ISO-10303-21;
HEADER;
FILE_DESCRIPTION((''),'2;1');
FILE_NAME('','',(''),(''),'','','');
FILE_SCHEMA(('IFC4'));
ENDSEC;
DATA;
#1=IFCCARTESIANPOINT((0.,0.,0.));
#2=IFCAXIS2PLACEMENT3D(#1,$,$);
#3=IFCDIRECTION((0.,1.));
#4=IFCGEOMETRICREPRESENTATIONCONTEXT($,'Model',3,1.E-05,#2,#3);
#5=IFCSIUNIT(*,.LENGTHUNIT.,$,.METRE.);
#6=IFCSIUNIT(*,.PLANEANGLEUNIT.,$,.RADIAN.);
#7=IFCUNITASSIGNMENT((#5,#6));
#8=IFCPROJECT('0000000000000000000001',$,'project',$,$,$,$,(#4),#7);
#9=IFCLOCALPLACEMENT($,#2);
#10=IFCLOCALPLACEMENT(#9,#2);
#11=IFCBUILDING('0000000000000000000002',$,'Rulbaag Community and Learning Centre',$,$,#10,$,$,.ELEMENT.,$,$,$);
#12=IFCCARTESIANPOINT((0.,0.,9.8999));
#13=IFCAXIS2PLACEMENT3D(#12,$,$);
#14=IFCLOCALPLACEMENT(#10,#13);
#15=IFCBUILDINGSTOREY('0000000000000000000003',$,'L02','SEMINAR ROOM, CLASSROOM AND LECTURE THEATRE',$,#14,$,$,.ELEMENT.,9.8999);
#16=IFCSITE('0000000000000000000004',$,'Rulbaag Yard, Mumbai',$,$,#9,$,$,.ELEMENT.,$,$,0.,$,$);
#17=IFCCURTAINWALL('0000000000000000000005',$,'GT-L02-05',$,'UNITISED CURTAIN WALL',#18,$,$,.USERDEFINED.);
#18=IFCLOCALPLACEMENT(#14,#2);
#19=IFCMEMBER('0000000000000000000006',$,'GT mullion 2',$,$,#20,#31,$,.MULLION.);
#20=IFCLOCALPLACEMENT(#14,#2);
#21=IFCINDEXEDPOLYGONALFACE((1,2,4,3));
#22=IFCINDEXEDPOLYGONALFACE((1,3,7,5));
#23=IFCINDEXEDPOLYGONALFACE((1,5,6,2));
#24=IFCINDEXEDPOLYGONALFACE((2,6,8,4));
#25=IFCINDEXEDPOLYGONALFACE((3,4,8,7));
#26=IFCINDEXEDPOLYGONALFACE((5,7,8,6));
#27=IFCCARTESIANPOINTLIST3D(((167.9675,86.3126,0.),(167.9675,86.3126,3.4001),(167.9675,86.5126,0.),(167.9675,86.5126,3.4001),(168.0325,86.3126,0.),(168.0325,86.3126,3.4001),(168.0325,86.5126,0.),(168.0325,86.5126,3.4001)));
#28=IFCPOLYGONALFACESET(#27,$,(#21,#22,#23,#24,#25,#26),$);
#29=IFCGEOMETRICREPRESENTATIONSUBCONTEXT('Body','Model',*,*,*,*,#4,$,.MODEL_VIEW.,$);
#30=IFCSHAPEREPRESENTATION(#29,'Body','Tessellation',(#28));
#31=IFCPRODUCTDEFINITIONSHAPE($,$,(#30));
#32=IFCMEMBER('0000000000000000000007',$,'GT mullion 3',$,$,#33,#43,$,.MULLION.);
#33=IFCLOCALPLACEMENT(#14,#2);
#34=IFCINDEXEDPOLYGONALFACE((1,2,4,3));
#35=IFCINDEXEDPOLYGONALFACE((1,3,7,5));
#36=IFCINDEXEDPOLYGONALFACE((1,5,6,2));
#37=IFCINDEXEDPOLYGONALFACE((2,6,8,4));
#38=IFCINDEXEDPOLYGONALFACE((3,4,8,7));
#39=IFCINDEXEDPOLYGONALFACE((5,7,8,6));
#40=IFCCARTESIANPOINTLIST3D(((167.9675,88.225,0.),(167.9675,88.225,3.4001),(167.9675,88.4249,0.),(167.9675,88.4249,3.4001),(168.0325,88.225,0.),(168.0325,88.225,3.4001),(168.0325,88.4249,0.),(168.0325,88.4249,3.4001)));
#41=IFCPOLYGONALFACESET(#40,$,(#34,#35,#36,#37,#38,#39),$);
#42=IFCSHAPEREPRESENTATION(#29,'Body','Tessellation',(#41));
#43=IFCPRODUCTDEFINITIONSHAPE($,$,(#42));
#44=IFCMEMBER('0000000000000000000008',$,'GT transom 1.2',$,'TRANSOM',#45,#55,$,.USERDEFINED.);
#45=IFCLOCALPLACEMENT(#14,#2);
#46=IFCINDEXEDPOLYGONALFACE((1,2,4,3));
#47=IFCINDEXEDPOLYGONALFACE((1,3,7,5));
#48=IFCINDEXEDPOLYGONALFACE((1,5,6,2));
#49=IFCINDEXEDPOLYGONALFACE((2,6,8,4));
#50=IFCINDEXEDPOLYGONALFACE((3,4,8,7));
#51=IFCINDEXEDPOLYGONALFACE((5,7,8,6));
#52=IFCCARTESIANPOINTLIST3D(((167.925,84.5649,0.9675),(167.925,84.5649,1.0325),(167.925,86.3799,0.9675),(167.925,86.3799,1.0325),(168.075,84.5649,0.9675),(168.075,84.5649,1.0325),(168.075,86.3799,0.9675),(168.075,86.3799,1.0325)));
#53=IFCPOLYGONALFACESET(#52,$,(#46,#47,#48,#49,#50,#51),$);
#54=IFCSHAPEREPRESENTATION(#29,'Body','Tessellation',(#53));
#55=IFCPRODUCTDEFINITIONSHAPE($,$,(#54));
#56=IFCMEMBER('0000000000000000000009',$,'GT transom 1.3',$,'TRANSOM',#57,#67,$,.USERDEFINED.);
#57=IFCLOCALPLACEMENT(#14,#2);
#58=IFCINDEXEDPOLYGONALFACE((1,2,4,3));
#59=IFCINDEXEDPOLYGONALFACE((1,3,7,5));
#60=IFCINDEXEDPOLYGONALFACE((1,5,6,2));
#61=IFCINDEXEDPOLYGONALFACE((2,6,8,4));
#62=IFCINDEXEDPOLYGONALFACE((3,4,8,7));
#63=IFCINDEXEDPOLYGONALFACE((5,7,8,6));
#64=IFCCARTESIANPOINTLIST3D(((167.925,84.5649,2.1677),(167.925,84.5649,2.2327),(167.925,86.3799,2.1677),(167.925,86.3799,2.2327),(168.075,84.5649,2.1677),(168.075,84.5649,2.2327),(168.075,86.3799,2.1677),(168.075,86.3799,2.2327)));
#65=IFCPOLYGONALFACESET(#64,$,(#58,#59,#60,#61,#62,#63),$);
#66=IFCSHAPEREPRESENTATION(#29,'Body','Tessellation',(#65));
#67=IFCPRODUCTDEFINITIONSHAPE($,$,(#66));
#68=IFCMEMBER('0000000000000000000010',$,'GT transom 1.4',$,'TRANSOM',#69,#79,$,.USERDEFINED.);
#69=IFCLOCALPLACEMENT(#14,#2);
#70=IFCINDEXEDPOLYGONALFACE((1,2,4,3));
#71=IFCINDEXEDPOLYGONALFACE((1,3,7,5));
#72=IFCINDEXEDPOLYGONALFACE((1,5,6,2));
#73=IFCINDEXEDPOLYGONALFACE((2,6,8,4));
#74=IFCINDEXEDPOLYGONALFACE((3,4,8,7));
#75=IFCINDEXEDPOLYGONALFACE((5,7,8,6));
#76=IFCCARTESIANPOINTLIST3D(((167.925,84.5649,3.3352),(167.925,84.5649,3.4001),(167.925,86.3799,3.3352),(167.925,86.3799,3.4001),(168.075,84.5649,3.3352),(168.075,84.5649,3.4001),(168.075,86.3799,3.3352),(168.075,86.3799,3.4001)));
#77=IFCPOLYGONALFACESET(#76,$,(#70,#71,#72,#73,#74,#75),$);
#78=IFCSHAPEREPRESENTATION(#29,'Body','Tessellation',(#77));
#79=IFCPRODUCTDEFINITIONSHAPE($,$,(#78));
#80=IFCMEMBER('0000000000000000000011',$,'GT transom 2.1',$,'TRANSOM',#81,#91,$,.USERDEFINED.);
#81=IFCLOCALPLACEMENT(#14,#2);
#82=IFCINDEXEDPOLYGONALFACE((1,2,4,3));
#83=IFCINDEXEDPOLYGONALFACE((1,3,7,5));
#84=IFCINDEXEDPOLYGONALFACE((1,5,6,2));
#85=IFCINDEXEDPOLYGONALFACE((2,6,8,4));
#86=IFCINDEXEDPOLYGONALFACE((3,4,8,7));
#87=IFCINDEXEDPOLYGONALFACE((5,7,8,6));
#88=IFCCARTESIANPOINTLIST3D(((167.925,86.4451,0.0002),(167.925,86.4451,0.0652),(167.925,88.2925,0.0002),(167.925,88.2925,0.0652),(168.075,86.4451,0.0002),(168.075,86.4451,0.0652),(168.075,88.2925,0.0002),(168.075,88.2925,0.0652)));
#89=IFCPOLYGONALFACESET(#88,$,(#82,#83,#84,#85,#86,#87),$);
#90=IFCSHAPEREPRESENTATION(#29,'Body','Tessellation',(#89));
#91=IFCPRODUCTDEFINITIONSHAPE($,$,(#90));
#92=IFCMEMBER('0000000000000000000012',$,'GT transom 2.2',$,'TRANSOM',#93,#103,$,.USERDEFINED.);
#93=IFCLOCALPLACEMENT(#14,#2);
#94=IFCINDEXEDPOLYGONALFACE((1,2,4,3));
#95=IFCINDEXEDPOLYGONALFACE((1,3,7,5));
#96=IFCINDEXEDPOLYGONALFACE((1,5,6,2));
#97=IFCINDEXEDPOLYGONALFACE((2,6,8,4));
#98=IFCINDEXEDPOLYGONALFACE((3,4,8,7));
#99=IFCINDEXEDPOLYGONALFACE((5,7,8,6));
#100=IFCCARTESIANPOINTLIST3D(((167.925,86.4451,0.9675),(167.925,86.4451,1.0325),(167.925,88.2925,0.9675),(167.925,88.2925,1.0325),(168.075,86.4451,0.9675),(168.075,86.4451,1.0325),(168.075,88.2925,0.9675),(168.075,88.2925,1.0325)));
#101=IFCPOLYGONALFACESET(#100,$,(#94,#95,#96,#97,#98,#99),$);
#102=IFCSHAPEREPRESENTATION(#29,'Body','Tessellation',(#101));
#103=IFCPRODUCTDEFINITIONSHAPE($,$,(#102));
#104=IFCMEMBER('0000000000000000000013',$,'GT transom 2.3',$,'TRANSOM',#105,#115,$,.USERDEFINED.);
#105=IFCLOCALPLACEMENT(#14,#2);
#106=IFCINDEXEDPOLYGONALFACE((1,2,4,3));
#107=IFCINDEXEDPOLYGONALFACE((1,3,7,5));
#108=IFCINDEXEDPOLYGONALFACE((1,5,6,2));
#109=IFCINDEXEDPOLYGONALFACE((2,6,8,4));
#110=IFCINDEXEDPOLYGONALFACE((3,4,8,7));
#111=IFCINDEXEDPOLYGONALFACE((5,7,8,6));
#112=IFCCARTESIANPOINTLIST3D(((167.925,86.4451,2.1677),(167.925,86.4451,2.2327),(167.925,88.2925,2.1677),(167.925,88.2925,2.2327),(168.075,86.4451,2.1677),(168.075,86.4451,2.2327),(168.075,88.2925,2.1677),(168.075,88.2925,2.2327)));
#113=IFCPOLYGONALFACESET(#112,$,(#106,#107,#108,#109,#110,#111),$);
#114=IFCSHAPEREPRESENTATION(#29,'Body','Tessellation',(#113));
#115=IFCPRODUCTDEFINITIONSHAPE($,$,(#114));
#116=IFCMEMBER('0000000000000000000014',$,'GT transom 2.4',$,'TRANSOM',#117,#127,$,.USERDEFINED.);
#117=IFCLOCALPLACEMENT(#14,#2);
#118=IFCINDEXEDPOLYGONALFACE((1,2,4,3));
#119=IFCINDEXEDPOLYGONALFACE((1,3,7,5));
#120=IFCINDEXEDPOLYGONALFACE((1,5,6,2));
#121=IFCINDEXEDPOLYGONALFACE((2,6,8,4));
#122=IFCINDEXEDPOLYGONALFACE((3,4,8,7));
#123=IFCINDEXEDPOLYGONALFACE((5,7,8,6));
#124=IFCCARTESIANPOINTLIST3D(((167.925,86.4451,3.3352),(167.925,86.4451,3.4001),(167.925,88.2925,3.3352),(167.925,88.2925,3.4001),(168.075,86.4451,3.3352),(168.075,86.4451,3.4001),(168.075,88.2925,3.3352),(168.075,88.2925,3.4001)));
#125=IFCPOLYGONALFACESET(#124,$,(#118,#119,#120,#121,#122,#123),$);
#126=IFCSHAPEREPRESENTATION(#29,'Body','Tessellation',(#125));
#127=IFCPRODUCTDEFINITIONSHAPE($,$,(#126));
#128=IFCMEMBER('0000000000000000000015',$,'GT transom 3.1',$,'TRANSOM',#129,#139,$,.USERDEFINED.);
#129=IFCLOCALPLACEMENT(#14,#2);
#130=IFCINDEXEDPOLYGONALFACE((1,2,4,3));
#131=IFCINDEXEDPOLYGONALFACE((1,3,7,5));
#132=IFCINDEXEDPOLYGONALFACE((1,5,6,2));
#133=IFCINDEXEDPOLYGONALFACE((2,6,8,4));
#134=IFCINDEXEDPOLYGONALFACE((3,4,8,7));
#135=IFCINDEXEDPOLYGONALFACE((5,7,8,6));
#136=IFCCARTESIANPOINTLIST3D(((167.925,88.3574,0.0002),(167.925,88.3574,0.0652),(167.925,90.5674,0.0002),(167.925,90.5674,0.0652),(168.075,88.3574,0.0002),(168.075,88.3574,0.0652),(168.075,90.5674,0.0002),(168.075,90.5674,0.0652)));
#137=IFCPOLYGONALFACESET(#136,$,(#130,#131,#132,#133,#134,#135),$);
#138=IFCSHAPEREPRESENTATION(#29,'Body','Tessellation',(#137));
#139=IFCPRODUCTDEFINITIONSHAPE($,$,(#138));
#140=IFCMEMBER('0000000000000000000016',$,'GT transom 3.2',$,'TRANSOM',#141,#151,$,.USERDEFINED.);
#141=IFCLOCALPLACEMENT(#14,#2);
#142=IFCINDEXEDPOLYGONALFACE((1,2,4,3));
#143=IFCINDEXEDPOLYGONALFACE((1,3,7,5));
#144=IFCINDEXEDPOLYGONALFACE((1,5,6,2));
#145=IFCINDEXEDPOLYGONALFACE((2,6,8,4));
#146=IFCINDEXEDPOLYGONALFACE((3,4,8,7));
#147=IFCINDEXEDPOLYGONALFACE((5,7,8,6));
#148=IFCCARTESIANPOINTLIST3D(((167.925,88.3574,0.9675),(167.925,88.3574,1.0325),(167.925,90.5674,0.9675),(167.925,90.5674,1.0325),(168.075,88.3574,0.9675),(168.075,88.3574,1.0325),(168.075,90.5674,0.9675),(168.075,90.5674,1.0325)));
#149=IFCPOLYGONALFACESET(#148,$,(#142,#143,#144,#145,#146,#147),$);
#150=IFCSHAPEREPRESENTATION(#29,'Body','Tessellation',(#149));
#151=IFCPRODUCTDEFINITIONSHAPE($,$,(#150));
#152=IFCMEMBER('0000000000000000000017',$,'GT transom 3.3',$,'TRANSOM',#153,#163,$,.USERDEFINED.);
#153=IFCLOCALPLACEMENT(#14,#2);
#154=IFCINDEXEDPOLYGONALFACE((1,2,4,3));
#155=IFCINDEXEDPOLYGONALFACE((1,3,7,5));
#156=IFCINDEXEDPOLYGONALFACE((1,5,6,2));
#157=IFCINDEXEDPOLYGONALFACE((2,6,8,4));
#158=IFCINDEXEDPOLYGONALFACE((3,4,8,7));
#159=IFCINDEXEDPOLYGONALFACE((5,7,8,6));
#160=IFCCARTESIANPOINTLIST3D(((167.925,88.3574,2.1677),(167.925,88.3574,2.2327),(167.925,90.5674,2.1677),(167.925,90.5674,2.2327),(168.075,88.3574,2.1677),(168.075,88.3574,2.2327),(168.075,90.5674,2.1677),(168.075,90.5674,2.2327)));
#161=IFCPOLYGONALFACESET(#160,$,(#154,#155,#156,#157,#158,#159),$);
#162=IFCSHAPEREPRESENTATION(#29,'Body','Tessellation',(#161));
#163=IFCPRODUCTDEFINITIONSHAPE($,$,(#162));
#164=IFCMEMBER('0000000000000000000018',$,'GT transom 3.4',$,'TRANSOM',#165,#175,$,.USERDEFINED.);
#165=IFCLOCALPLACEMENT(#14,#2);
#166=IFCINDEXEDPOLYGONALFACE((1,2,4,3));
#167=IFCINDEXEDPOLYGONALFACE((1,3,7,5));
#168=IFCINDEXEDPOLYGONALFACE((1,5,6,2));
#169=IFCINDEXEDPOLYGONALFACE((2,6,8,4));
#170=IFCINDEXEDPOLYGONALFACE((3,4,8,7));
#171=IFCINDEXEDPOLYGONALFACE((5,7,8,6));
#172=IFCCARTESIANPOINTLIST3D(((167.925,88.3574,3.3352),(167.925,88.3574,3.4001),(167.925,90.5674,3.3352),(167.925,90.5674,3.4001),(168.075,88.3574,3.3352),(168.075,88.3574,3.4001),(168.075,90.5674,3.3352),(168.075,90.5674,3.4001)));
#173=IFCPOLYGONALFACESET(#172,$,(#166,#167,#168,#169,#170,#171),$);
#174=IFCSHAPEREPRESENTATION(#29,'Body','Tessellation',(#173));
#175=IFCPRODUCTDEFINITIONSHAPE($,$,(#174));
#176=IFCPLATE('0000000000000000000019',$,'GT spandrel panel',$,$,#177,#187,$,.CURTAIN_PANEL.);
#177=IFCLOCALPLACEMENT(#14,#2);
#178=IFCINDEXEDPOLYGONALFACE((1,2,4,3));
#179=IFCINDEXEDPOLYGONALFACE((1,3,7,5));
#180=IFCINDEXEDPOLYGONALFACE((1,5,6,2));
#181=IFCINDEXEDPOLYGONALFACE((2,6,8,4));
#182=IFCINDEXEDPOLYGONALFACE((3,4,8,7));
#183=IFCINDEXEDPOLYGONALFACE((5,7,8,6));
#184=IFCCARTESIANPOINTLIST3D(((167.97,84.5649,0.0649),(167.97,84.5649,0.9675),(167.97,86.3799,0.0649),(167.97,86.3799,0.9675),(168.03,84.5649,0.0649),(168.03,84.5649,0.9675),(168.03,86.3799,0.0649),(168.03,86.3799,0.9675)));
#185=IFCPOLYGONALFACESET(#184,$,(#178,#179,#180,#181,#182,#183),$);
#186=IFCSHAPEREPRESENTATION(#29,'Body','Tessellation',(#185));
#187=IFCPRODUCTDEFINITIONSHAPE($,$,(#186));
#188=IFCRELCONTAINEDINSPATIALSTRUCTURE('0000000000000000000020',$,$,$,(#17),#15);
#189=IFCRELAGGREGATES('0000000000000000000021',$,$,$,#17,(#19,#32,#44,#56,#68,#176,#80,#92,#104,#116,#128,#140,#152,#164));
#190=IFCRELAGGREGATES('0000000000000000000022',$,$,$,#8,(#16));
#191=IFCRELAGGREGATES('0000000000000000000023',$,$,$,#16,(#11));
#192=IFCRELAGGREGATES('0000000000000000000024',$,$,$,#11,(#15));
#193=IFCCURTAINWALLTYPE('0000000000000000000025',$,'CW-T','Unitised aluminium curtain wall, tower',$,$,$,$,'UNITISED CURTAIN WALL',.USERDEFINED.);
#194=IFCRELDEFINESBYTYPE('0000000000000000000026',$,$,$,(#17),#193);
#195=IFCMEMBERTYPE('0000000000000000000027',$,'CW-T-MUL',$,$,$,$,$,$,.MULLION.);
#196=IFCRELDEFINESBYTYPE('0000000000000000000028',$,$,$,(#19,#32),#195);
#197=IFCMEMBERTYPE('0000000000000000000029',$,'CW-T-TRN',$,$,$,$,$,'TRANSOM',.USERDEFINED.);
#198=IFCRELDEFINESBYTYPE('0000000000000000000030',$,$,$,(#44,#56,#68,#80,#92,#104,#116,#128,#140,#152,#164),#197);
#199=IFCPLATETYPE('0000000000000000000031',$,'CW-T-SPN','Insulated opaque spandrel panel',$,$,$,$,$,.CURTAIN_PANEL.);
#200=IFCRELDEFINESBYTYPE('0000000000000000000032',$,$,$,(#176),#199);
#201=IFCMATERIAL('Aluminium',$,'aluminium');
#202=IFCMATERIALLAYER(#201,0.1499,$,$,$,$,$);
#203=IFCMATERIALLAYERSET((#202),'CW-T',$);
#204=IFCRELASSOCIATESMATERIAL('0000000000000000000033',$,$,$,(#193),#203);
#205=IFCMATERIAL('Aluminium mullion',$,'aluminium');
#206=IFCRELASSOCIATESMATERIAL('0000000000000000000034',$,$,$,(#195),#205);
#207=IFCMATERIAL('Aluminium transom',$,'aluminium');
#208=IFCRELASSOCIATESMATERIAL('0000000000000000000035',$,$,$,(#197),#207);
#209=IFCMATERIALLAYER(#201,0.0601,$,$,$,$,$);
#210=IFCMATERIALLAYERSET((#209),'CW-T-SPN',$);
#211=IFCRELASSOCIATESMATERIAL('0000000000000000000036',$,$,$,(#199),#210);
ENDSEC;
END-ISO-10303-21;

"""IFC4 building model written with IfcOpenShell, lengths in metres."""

from ifc_helpers import new_model, si_unit, direction, frame, origin, origin_2d, place, context, subcontext, project, spatial, rectangle, extrude, material, layer, layer_set, material_profile, profile_set, type_object, element, aggregate, save


model = new_model("IFC4")

# Units and contexts
model_context = context("Model", 3, precision=1e-05, world=origin(), true_north=direction((0.0, 1.0)))
body_context = subcontext(model_context, "Body", "Model", "MODEL_VIEW")
ifc_project = project(units=[si_unit("LENGTHUNIT", "METRE"), si_unit("PLANEANGLEUNIT", "RADIAN")], contexts=[model_context])

# Site, building, storey
site_placement = place(None, origin())
site = spatial("IfcSite", under=ifc_project, at=site_placement, Name="Rulbaag Yard, Mumbai", CompositionType="ELEMENT", RefElevation=0.0)
building_placement = place(site_placement, origin())
building = spatial("IfcBuilding", under=site, at=building_placement, Name="Rulbaag Community and Learning Centre", CompositionType="ELEMENT")
storey_placement = place(building_placement, frame((0.0, 0.0, 9.8999)))
storey = spatial("IfcBuildingStorey", under=building, at=storey_placement, Name="L02", Description="SEMINAR ROOM, CLASSROOM AND LECTURE THEATRE", CompositionType="ELEMENT", Elevation=9.8999)

# Curtain wall, members, plate
ifc_material_1 = material(Name="Aluminium", Category="aluminium")
ifc_layer_1 = layer(ifc_material_1, 0.1499)
ifc_layer_set_1 = layer_set([ifc_layer_1], Name="CW-T")
curtain_wall_type = type_object("IfcCurtainWallType", Name="CW-T", Description="Unitised aluminium curtain wall, tower", ElementType="UNITISED CURTAIN WALL", PredefinedType="USERDEFINED", material=ifc_layer_set_1)
curtain_wall_placement = place(storey_placement, origin())
curtain_wall = element("IfcCurtainWall", 1, at=curtain_wall_placement, inside=storey, type_object=curtain_wall_type, Name="GT-L02-05", ObjectType="UNITISED CURTAIN WALL", PredefinedType="USERDEFINED")
ifc_material_2 = material(Name="Aluminium mullion", Category="aluminium")
ifc_material_profile_1 = material_profile(ifc_material_2, rectangle(XDim=0.0649, YDim=0.2, at=origin_2d()), Name="AL 65x200")
ifc_profile_set_1 = profile_set([ifc_material_profile_1], Name="Aluminium mullion")
member_type_1 = type_object("IfcMemberType", Name="CW-T-MUL", PredefinedType="MULLION", material=ifc_profile_set_1)
member_1_placement = place(storey_placement, frame((168.0, 86.4126, 0.0), z_axis=(0.0, 0.0, 1.0), x_axis=(-1.0, 0.0, 0.0)))
member_1 = element("IfcMember", 2, at=member_1_placement, type_object=member_type_1, Name="GT mullion 2", PredefinedType="MULLION", context=body_context, shape_type="SweptSolid", body=[
    extrude(rectangle(XDim=0.0649, YDim=0.2, at=origin_2d()), origin(), (0.0, 0.0, 1.0), 3.4001),
])
member_2_placement = place(storey_placement, frame((168.0, 88.325, 0.0), z_axis=(0.0, 0.0, 1.0), x_axis=(-1.0, 0.0, 0.0)))
member_2 = element("IfcMember", 3, at=member_2_placement, type_object=member_type_1, Name="GT mullion 3", PredefinedType="MULLION", context=body_context, shape_type="SweptSolid", body=[
    extrude(rectangle(XDim=0.0649, YDim=0.2, at=origin_2d()), origin(), (0.0, 0.0, 1.0), 3.4001),
])
ifc_material_3 = material(Name="Aluminium transom", Category="aluminium")
ifc_material_profile_2 = material_profile(ifc_material_3, rectangle(XDim=0.1499, YDim=0.0649, at=origin_2d()), Name="AL 65x150 T")
ifc_profile_set_2 = profile_set([ifc_material_profile_2], Name="Aluminium transom")
member_type_2 = type_object("IfcMemberType", Name="CW-T-TRN", ElementType="TRANSOM", PredefinedType="USERDEFINED", material=ifc_profile_set_2)
member_3_placement = place(storey_placement, frame((168.0, 84.5649, 1.0), z_axis=(0.0, 1.0, 0.0), x_axis=(-1.0, 0.0, 0.0)))
member_3 = element("IfcMember", 4, at=member_3_placement, type_object=member_type_2, Name="GT transom 1.2", ObjectType="TRANSOM", PredefinedType="USERDEFINED", context=body_context, shape_type="SweptSolid", body=[
    extrude(rectangle(XDim=0.1499, YDim=0.0649, at=origin_2d()), origin(), (0.0, 0.0, 1.0), 1.8149),
])
member_4_placement = place(storey_placement, frame((168.0, 84.5649, 2.2002), z_axis=(0.0, 1.0, 0.0), x_axis=(-1.0, 0.0, 0.0)))
member_4 = element("IfcMember", 5, at=member_4_placement, type_object=member_type_2, Name="GT transom 1.3", ObjectType="TRANSOM", PredefinedType="USERDEFINED", context=body_context, shape_type="SweptSolid", body=[
    extrude(rectangle(XDim=0.1499, YDim=0.0649, at=origin_2d()), origin(), (0.0, 0.0, 1.0), 1.8149),
])
member_5_placement = place(storey_placement, frame((168.0, 84.5649, 3.3677), z_axis=(0.0, 1.0, 0.0), x_axis=(-1.0, 0.0, 0.0)))
member_5 = element("IfcMember", 6, at=member_5_placement, type_object=member_type_2, Name="GT transom 1.4", ObjectType="TRANSOM", PredefinedType="USERDEFINED", context=body_context, shape_type="SweptSolid", body=[
    extrude(rectangle(XDim=0.1499, YDim=0.0649, at=origin_2d()), origin(), (0.0, 0.0, 1.0), 1.8149),
])
member_6_placement = place(storey_placement, frame((168.0, 86.4451, 0.0327), z_axis=(0.0, 1.0, 0.0), x_axis=(-1.0, 0.0, 0.0)))
member_6 = element("IfcMember", 7, at=member_6_placement, type_object=member_type_2, Name="GT transom 2.1", ObjectType="TRANSOM", PredefinedType="USERDEFINED", context=body_context, shape_type="SweptSolid", body=[
    extrude(rectangle(XDim=0.1499, YDim=0.0649, at=origin_2d()), origin(), (0.0, 0.0, 1.0), 1.8474),
])
member_7_placement = place(storey_placement, frame((168.0, 86.4451, 1.0), z_axis=(0.0, 1.0, 0.0), x_axis=(-1.0, 0.0, 0.0)))
member_7 = element("IfcMember", 8, at=member_7_placement, type_object=member_type_2, Name="GT transom 2.2", ObjectType="TRANSOM", PredefinedType="USERDEFINED", context=body_context, shape_type="SweptSolid", body=[
    extrude(rectangle(XDim=0.1499, YDim=0.0649, at=origin_2d()), origin(), (0.0, 0.0, 1.0), 1.8474),
])
member_8_placement = place(storey_placement, frame((168.0, 86.4451, 2.2002), z_axis=(0.0, 1.0, 0.0), x_axis=(-1.0, 0.0, 0.0)))
member_8 = element("IfcMember", 9, at=member_8_placement, type_object=member_type_2, Name="GT transom 2.3", ObjectType="TRANSOM", PredefinedType="USERDEFINED", context=body_context, shape_type="SweptSolid", body=[
    extrude(rectangle(XDim=0.1499, YDim=0.0649, at=origin_2d()), origin(), (0.0, 0.0, 1.0), 1.8474),
])
member_9_placement = place(storey_placement, frame((168.0, 86.4451, 3.3677), z_axis=(0.0, 1.0, 0.0), x_axis=(-1.0, 0.0, 0.0)))
member_9 = element("IfcMember", 10, at=member_9_placement, type_object=member_type_2, Name="GT transom 2.4", ObjectType="TRANSOM", PredefinedType="USERDEFINED", context=body_context, shape_type="SweptSolid", body=[
    extrude(rectangle(XDim=0.1499, YDim=0.0649, at=origin_2d()), origin(), (0.0, 0.0, 1.0), 1.8474),
])
member_10_placement = place(storey_placement, frame((168.0, 88.3574, 0.0327), z_axis=(0.0, 1.0, 0.0), x_axis=(-1.0, 0.0, 0.0)))
member_10 = element("IfcMember", 11, at=member_10_placement, type_object=member_type_2, Name="GT transom 3.1", ObjectType="TRANSOM", PredefinedType="USERDEFINED", context=body_context, shape_type="SweptSolid", body=[
    extrude(rectangle(XDim=0.1499, YDim=0.0649, at=origin_2d()), origin(), (0.0, 0.0, 1.0), 2.21),
])
member_11_placement = place(storey_placement, frame((168.0, 88.3574, 1.0), z_axis=(0.0, 1.0, 0.0), x_axis=(-1.0, 0.0, 0.0)))
member_11 = element("IfcMember", 12, at=member_11_placement, type_object=member_type_2, Name="GT transom 3.2", ObjectType="TRANSOM", PredefinedType="USERDEFINED", context=body_context, shape_type="SweptSolid", body=[
    extrude(rectangle(XDim=0.1499, YDim=0.0649, at=origin_2d()), origin(), (0.0, 0.0, 1.0), 2.21),
])
member_12_placement = place(storey_placement, frame((168.0, 88.3574, 2.2002), z_axis=(0.0, 1.0, 0.0), x_axis=(-1.0, 0.0, 0.0)))
member_12 = element("IfcMember", 13, at=member_12_placement, type_object=member_type_2, Name="GT transom 3.3", ObjectType="TRANSOM", PredefinedType="USERDEFINED", context=body_context, shape_type="SweptSolid", body=[
    extrude(rectangle(XDim=0.1499, YDim=0.0649, at=origin_2d()), origin(), (0.0, 0.0, 1.0), 2.21),
])
member_13_placement = place(storey_placement, frame((168.0, 88.3574, 3.3677), z_axis=(0.0, 1.0, 0.0), x_axis=(-1.0, 0.0, 0.0)))
member_13 = element("IfcMember", 14, at=member_13_placement, type_object=member_type_2, Name="GT transom 3.4", ObjectType="TRANSOM", PredefinedType="USERDEFINED", context=body_context, shape_type="SweptSolid", body=[
    extrude(rectangle(XDim=0.1499, YDim=0.0649, at=origin_2d()), origin(), (0.0, 0.0, 1.0), 2.21),
])
ifc_layer_2 = layer(ifc_material_1, 0.0601)
ifc_layer_set_2 = layer_set([ifc_layer_2], Name="CW-T-SPN")
plate_type_1 = type_object("IfcPlateType", Name="CW-T-SPN", Description="Insulated opaque spandrel panel", PredefinedType="CURTAIN_PANEL", material=ifc_layer_set_2)
plate_1_placement = place(storey_placement, frame((168.0, 85.4724, 0.0649), z_axis=(0.0, 0.0, 1.0), x_axis=(0.0, 1.0, 0.0)))
plate_1 = element("IfcPlate", 15, at=plate_1_placement, type_object=plate_type_1, Name="GT spandrel panel", PredefinedType="CURTAIN_PANEL", context=body_context, shape_type="SweptSolid", body=[
    extrude(rectangle(XDim=1.8149, YDim=0.0601, at=origin_2d()), origin(), (0.0, 0.0, 1.0), 0.9026),
])
aggregate(curtain_wall, [member_1, member_2, member_3, member_4, member_5, plate_1, member_6, member_7, member_8, member_9, member_10, member_11, member_12, member_13])

save(model, "model.ifc")
